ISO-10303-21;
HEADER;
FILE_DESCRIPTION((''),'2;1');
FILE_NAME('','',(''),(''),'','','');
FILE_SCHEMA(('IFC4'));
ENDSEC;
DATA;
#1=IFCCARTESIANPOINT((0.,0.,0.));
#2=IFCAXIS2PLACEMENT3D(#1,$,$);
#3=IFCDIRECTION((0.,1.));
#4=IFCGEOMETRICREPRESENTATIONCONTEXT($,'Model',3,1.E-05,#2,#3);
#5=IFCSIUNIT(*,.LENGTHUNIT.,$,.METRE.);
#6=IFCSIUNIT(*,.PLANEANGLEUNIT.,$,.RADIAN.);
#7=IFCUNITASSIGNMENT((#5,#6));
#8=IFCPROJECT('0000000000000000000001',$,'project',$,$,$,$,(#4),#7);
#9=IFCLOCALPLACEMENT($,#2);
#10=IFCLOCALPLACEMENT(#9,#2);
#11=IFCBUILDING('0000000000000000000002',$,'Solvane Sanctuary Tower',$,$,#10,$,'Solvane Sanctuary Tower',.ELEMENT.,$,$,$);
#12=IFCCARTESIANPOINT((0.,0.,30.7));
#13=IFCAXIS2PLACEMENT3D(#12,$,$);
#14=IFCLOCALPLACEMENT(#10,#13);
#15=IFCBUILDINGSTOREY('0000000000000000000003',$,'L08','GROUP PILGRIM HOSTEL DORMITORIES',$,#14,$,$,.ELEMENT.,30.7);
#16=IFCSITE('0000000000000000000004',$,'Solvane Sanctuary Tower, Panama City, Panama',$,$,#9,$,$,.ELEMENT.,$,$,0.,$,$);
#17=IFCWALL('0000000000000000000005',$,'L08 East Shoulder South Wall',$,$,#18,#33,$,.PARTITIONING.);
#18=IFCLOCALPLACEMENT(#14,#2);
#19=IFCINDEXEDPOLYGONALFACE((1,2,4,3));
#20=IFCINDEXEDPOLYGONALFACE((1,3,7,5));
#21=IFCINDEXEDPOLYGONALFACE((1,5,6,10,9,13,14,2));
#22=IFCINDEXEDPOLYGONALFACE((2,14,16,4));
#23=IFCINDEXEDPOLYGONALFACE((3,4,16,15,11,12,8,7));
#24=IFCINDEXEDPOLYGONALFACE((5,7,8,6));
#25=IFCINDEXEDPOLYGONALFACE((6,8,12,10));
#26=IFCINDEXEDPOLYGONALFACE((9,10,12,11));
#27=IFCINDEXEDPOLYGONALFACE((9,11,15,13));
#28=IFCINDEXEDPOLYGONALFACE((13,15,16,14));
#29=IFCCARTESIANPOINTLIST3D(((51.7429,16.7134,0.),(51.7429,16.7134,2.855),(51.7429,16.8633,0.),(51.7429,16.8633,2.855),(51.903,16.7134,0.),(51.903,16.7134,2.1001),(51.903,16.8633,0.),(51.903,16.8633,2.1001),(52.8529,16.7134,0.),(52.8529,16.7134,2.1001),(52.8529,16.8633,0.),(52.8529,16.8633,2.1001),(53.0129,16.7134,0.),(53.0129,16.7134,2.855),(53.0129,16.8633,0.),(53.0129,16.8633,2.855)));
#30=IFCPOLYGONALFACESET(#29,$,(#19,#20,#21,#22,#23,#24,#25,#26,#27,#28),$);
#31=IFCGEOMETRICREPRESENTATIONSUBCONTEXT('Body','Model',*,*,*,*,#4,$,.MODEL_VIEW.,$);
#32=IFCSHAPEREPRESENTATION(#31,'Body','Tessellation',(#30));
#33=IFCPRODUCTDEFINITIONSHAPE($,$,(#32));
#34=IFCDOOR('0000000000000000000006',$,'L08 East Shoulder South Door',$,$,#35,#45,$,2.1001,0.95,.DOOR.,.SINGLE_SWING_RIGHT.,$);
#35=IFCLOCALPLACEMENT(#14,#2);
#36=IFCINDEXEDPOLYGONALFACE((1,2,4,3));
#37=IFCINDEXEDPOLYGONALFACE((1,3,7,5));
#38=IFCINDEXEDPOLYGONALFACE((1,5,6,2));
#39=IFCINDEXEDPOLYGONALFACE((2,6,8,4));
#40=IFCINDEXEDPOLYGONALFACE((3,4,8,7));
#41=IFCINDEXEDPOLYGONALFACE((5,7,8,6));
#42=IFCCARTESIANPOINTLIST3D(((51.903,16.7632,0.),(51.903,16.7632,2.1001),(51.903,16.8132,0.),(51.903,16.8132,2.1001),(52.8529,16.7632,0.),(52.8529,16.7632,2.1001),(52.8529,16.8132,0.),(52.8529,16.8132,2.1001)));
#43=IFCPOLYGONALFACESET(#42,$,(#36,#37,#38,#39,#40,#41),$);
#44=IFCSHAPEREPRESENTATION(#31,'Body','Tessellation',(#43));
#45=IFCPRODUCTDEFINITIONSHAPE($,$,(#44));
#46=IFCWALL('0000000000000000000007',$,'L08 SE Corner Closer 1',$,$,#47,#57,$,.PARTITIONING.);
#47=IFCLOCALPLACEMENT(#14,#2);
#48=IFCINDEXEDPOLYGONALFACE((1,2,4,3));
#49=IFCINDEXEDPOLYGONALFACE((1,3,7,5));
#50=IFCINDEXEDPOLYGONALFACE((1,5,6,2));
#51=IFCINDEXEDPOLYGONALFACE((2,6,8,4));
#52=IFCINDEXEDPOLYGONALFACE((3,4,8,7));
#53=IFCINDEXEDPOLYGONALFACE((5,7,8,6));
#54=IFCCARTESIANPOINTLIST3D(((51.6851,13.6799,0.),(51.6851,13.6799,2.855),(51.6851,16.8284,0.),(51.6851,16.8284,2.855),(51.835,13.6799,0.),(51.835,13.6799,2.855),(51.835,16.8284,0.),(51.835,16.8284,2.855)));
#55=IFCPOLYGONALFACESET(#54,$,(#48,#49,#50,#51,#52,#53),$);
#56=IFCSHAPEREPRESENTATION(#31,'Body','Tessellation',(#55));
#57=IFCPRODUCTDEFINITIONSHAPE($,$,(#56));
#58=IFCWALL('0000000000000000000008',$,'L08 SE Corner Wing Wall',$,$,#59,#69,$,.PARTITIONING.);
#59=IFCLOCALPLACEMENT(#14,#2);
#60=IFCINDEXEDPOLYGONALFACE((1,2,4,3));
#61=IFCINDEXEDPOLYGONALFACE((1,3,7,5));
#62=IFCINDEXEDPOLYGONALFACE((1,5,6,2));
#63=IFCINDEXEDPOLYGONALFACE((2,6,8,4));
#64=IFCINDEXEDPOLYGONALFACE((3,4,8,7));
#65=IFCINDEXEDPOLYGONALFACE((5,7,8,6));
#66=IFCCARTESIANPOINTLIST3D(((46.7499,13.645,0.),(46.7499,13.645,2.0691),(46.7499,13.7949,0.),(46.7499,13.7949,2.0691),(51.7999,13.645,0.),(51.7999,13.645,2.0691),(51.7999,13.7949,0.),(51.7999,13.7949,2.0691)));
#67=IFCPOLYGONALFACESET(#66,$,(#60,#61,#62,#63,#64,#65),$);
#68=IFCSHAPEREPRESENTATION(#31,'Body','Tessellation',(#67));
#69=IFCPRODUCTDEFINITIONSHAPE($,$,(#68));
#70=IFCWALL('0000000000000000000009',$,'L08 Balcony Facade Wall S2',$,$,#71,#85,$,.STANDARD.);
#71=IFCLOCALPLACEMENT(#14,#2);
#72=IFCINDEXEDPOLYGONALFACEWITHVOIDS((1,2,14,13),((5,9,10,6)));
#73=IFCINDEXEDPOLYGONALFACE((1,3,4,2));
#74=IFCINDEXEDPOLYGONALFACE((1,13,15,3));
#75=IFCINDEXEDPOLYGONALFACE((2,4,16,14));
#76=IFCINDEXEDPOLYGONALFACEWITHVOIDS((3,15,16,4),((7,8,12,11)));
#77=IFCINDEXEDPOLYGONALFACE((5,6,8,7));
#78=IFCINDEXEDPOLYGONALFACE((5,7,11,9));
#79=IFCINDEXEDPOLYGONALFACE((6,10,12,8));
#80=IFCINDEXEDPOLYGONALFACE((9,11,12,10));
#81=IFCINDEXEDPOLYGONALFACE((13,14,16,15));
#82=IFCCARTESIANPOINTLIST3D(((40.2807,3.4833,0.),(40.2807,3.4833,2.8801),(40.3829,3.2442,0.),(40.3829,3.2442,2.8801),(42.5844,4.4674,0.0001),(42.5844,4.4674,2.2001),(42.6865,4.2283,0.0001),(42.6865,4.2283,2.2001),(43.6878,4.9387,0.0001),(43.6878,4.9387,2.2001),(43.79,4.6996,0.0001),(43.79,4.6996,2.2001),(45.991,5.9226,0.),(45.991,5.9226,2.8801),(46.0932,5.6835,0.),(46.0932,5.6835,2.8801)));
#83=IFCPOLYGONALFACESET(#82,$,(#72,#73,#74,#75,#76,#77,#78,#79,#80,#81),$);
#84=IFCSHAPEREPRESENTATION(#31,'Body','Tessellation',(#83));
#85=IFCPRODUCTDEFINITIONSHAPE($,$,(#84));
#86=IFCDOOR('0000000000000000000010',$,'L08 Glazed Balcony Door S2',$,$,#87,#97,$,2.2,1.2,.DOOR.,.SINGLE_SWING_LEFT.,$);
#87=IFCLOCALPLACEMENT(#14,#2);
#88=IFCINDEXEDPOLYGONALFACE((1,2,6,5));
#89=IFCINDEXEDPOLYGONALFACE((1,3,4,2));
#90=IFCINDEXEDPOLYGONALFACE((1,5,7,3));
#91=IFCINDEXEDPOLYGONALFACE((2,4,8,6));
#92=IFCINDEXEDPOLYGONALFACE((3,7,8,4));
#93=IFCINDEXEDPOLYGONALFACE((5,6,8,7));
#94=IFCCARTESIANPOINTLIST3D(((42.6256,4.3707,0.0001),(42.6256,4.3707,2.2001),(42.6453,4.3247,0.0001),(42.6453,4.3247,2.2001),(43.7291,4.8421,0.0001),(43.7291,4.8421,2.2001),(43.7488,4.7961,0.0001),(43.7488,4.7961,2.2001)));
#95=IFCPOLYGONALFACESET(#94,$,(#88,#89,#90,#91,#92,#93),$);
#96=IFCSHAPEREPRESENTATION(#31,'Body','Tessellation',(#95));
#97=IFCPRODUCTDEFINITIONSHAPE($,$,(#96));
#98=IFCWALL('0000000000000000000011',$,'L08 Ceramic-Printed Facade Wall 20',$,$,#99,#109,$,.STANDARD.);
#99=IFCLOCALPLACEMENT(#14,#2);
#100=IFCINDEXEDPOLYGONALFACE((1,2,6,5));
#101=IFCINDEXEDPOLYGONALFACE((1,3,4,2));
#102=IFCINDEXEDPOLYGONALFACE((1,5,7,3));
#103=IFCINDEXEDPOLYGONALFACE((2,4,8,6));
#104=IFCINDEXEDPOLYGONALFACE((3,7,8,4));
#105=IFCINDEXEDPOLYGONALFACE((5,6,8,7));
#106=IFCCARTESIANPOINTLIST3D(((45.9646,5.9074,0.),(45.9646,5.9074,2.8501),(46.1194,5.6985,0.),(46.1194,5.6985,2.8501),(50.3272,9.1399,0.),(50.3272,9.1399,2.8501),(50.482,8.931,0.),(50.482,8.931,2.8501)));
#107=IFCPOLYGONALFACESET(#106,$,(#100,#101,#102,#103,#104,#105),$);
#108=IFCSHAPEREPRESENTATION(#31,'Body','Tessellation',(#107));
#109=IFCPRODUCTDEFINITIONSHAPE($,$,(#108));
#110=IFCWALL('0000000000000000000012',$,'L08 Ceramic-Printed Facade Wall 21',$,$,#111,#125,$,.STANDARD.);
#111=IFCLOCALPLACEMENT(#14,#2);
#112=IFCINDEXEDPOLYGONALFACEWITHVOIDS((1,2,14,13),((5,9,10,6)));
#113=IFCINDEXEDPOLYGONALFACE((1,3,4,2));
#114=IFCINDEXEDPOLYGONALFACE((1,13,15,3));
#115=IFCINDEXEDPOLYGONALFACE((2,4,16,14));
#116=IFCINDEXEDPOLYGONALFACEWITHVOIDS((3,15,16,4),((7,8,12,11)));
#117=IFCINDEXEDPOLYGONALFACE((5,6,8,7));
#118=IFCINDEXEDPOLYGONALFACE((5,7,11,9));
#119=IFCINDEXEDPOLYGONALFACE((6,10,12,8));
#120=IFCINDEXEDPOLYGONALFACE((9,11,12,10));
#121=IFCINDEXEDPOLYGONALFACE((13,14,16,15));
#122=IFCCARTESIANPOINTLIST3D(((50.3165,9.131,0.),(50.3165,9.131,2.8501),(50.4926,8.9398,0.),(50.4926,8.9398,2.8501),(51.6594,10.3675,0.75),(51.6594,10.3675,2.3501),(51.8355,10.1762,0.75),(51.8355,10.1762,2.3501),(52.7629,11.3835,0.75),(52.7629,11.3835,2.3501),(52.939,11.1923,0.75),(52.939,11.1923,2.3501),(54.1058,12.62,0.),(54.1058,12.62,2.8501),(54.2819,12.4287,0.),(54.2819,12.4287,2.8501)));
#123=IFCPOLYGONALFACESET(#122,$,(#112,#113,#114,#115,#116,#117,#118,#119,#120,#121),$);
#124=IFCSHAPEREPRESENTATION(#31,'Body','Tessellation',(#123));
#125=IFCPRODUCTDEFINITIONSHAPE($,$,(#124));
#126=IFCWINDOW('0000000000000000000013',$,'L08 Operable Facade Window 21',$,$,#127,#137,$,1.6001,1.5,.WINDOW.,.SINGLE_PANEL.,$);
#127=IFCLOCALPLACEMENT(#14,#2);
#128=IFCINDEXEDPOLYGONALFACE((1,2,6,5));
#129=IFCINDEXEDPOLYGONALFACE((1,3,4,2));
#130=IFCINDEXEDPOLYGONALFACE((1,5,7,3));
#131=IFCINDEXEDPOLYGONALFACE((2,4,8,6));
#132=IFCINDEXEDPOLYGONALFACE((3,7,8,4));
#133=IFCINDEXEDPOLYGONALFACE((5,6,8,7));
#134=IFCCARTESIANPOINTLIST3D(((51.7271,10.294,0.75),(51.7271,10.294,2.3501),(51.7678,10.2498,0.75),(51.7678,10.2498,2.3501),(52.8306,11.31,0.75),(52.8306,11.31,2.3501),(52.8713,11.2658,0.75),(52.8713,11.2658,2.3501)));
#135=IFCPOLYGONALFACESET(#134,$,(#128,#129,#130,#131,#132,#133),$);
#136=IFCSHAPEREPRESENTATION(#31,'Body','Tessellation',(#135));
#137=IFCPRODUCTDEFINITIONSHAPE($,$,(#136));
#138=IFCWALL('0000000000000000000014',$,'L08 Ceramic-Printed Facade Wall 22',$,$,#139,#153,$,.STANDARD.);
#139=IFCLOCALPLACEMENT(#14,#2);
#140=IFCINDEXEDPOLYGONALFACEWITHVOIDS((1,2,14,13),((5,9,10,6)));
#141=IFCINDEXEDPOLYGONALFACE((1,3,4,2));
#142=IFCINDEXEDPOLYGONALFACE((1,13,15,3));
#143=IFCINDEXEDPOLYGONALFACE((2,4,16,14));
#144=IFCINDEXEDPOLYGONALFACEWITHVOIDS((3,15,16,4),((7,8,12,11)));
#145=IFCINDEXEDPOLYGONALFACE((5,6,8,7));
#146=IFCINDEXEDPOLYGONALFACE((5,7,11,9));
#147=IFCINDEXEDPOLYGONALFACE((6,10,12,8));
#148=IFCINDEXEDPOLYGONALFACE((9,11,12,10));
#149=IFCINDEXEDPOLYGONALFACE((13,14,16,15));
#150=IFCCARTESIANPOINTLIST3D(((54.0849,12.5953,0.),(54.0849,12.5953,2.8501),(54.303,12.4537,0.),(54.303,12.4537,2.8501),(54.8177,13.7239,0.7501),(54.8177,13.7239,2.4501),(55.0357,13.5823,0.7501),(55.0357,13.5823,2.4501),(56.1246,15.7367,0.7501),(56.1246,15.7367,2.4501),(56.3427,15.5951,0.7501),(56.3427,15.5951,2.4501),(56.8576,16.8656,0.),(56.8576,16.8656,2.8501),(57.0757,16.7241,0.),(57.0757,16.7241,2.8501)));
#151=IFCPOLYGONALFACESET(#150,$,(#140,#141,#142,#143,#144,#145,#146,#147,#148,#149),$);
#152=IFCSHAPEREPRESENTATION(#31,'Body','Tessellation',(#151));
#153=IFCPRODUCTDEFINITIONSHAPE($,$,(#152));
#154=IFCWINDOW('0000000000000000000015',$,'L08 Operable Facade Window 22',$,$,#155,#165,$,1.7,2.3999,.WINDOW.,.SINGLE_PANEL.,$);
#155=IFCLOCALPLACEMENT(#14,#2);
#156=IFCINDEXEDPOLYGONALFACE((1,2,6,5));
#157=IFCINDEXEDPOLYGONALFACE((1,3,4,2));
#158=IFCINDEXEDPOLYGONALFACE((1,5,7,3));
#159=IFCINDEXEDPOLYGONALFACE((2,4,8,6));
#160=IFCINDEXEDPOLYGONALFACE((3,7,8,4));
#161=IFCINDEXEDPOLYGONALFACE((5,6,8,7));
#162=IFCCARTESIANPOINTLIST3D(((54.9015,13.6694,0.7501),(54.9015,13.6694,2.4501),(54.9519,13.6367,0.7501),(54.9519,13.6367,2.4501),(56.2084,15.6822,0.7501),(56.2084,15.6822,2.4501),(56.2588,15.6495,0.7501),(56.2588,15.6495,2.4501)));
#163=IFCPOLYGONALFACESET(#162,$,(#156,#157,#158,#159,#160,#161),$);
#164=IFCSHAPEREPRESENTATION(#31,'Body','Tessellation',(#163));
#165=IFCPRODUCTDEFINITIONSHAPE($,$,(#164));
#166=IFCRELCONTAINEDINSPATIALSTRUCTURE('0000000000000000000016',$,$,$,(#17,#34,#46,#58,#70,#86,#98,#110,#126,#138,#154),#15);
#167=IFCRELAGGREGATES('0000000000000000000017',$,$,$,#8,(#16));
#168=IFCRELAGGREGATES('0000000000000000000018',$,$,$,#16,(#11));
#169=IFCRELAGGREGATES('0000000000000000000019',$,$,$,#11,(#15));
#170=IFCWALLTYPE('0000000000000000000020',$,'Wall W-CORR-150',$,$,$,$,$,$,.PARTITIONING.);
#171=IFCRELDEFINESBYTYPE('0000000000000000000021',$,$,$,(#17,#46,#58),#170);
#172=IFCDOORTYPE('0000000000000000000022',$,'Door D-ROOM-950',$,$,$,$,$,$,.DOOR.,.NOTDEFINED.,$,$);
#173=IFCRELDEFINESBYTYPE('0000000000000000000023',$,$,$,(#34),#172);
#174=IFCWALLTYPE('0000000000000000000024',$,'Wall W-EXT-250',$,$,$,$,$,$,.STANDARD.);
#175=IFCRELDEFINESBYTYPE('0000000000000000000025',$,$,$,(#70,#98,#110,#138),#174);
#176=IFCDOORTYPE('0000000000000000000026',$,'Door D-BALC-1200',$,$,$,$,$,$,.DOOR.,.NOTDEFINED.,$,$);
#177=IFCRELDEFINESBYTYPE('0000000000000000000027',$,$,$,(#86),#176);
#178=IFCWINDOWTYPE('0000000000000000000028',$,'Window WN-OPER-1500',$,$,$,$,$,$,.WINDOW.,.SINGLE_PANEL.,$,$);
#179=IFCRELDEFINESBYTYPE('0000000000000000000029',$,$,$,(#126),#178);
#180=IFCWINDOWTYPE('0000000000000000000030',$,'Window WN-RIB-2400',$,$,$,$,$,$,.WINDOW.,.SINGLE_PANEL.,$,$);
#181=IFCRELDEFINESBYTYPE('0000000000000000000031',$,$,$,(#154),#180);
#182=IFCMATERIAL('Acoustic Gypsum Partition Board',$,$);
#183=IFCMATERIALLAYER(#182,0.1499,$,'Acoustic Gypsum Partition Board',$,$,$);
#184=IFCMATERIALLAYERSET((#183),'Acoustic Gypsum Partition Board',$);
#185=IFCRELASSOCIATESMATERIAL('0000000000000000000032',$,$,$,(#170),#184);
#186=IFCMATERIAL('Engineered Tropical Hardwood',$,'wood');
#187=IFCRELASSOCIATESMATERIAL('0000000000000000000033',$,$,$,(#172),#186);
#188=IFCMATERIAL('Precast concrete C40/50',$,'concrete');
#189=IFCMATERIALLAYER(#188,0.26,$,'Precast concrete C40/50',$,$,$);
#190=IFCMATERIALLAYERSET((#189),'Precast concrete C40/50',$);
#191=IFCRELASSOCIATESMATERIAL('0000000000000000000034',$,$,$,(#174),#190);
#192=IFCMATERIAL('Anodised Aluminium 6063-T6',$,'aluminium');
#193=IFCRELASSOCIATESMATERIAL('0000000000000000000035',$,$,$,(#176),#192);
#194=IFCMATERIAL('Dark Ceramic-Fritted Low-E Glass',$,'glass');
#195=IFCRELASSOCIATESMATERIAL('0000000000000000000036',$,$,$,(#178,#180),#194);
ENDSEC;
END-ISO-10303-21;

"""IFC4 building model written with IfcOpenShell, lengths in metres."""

from ifc_helpers import new_model, si_unit, direction, frame, frame_2d, origin, place, context, subcontext, project, spatial, rectangle, extrude, material, layer, layer_set, type_object, element, fill, save


model = new_model("IFC4")

# Units and contexts
model_context = context("Model", 3, precision=1e-05, world=origin(), true_north=direction((0.0, 1.0)))
body_context = subcontext(model_context, "Body", "Model", "MODEL_VIEW")
ifc_project = project(units=[si_unit("LENGTHUNIT", "METRE"), si_unit("PLANEANGLEUNIT", "RADIAN")], contexts=[model_context])

# Site, building, storey
site_placement = place(None, origin())
site = spatial("IfcSite", under=ifc_project, at=site_placement, Name="Solvane Sanctuary Tower, Panama City, Panama", CompositionType="ELEMENT", RefElevation=0.0)
building_placement = place(site_placement, origin())
building = spatial("IfcBuilding", under=site, at=building_placement, Name="Solvane Sanctuary Tower", LongName="Solvane Sanctuary Tower", CompositionType="ELEMENT")
storey_placement = place(building_placement, frame((0.0, 0.0, 30.7)))
storey = spatial("IfcBuildingStorey", under=building, at=storey_placement, Name="L08", Description="GROUP PILGRIM HOSTEL DORMITORIES", CompositionType="ELEMENT", Elevation=30.7)

# Shared definitions
ifc_material_1 = material(Name="Acoustic Gypsum Partition Board")
ifc_layer_1 = layer(ifc_material_1, 0.1499, Name="Acoustic Gypsum Partition Board")
ifc_layer_set_1 = layer_set([ifc_layer_1], Name="Acoustic Gypsum Partition Board")
wall_type_1 = type_object("IfcWallType", Name="Wall W-CORR-150", PredefinedType="PARTITIONING", material=ifc_layer_set_1)

# Wall, opening, door
wall_1_placement = place(storey_placement, frame((51.7429, 16.7883, 0.0), z_axis=(0.0, 0.0, 1.0), x_axis=(1.0, 0.0, 0.0)))
wall_1 = element("IfcWall", 1, at=wall_1_placement, inside=storey, type_object=wall_type_1, Name="L08 East Shoulder South Wall", PredefinedType="PARTITIONING", context=body_context, shape_type="SweptSolid", body=[
    extrude(rectangle(XDim=1.27, YDim=0.1499, at=frame_2d((0.635, 0.0))), origin(), (0.0, 0.0, 1.0), 2.855),
])
opening_1_placement = place(wall_1_placement, frame((0.1599, 0.0, 0.0)))
opening_1 = element("IfcOpeningElement", 2, at=opening_1_placement, cuts=wall_1, PredefinedType="OPENING", context=body_context, shape_type="SweptSolid", body=[
    extrude(rectangle(XDim=0.95, YDim=2.1001, at=frame_2d((0.4751, 1.05))), frame((0.0, 0.085, 0.0), z_axis=(0.0, -1.0, 0.0), x_axis=(1.0, 0.0, 0.0)), (0.0, 0.0, 1.0), 0.1699),
])
ifc_material_2 = material(Name="Engineered Tropical Hardwood", Category="wood")
door_type_1 = type_object("IfcDoorType", Name="Door D-ROOM-950", OperationType="NOTDEFINED", PredefinedType="DOOR", material=ifc_material_2)
door_1_placement = place(opening_1_placement, origin())
door_1 = element("IfcDoor", 3, at=door_1_placement, inside=storey, type_object=door_type_1, Name="L08 East Shoulder South Door", OperationType="SINGLE_SWING_RIGHT", OverallHeight=2.1001, OverallWidth=0.95, PredefinedType="DOOR", context=body_context, shape_type="SweptSolid", body=[
    extrude(rectangle(XDim=0.95, YDim=2.1001, at=frame_2d((0.4751, 1.05))), frame((0.0, 0.0249, 0.0), z_axis=(0.0, -1.0, 0.0), x_axis=(1.0, 0.0, 0.0)), (0.0, 0.0, 1.0), 0.05),
])
fill(opening_1, door_1)

# Walls
wall_2_placement = place(storey_placement, frame((51.76, 13.6799, 0.0), z_axis=(0.0, 0.0, 1.0), x_axis=(0.0, 1.0, 0.0)))
element("IfcWall", 4, at=wall_2_placement, inside=storey, type_object=wall_type_1, Name="L08 SE Corner Closer 1", PredefinedType="PARTITIONING", context=body_context, shape_type="SweptSolid", body=[
    extrude(rectangle(XDim=3.1484, YDim=0.1499, at=frame_2d((1.5742, 0.0))), origin(), (0.0, 0.0, 1.0), 2.855),
])
wall_3_placement = place(storey_placement, frame((46.75, 13.72, 0.0), z_axis=(0.0, 0.0, 1.0), x_axis=(1.0, 0.0, 0.0)))
element("IfcWall", 5, at=wall_3_placement, inside=storey, type_object=wall_type_1, Name="L08 SE Corner Wing Wall", PredefinedType="PARTITIONING", context=body_context, shape_type="SweptSolid", body=[
    extrude(rectangle(XDim=5.05, YDim=0.1499, at=frame_2d((2.5249, 0.0))), origin(), (0.0, 0.0, 1.0), 2.0691),
])

# Wall, opening, door
ifc_material_3 = material(Name="Precast concrete C40/50", Category="concrete")
ifc_layer_2 = layer(ifc_material_3, 0.26, Name="Precast concrete C40/50")
ifc_layer_set_2 = layer_set([ifc_layer_2], Name="Precast concrete C40/50")
wall_type_2 = type_object("IfcWallType", Name="Wall W-EXT-250", PredefinedType="STANDARD", material=ifc_layer_set_2)
wall_4_placement = place(storey_placement, frame((40.3318, 3.3638, 0.0), z_axis=(0.0, 0.0, 1.0), x_axis=(0.919612, 0.392828, 0.0)))
wall_4 = element("IfcWall", 6, at=wall_4_placement, inside=storey, type_object=wall_type_2, Name="L08 Balcony Facade Wall S2", PredefinedType="STANDARD", context=body_context, shape_type="SweptSolid", body=[
    extrude(rectangle(XDim=6.2095, YDim=0.26, at=frame_2d((3.1047, 0.0))), origin(), (0.0, 0.0, 1.0), 2.8801),
])
opening_2_placement = place(wall_4_placement, frame((2.5049, 0.0, 0.0)))
opening_2 = element("IfcOpeningElement", 7, at=opening_2_placement, cuts=wall_4, PredefinedType="OPENING", context=body_context, shape_type="SweptSolid", body=[
    extrude(rectangle(XDim=1.2, YDim=2.2, at=frame_2d((0.6001, 1.1001))), frame((0.0, 0.1399, 0.0), z_axis=(0.0, -1.0, 0.0), x_axis=(1.0, 0.0, 0.0)), (0.0, 0.0, 1.0), 0.28),
])
ifc_material_4 = material(Name="Anodised Aluminium 6063-T6", Category="aluminium")
door_type_2 = type_object("IfcDoorType", Name="Door D-BALC-1200", OperationType="NOTDEFINED", PredefinedType="DOOR", material=ifc_material_4)
door_2_placement = place(opening_2_placement, origin())
door_2 = element("IfcDoor", 8, at=door_2_placement, inside=storey, type_object=door_type_2, Name="L08 Glazed Balcony Door S2", OperationType="SINGLE_SWING_LEFT", OverallHeight=2.2, OverallWidth=1.2, PredefinedType="DOOR", context=body_context, shape_type="SweptSolid", body=[
    extrude(rectangle(XDim=1.2, YDim=2.2, at=frame_2d((0.6001, 1.1001))), frame((0.0, 0.0249, 0.0), z_axis=(0.0, -1.0, 0.0), x_axis=(1.0, 0.0, 0.0)), (0.0, 0.0, 1.0), 0.05),
])
fill(opening_2, door_2)

# Wall
wall_5_placement = place(storey_placement, frame((46.042, 5.803, 0.0), z_axis=(0.0, 0.0, 1.0), x_axis=(0.803478, 0.595335, 0.0)))
element("IfcWall", 9, at=wall_5_placement, inside=storey, type_object=wall_type_2, Name="L08 Ceramic-Printed Facade Wall 20", PredefinedType="STANDARD", context=body_context, shape_type="SweptSolid", body=[
    extrude(rectangle(XDim=5.4297, YDim=0.26, at=frame_2d((2.7148, 0.0))), origin(), (0.0, 0.0, 1.0), 2.8501),
])

# Walls, openings, windows
wall_6_placement = place(storey_placement, frame((50.4045, 9.0354, 0.0), z_axis=(0.0, 0.0, 1.0), x_axis=(0.735655, 0.677356, 0.0)))
wall_6 = element("IfcWall", 10, at=wall_6_placement, inside=storey, type_object=wall_type_2, Name="L08 Ceramic-Printed Facade Wall 21", PredefinedType="STANDARD", context=body_context, shape_type="SweptSolid", body=[
    extrude(rectangle(XDim=5.1509, YDim=0.26, at=frame_2d((2.5754, 0.0))), origin(), (0.0, 0.0, 1.0), 2.8501),
])
opening_3_placement = place(wall_6_placement, frame((1.8254, 0.0, 0.75)))
opening_3 = element("IfcOpeningElement", 11, at=opening_3_placement, cuts=wall_6, PredefinedType="OPENING", context=body_context, shape_type="SweptSolid", body=[
    extrude(rectangle(XDim=1.5, YDim=1.6001, at=frame_2d((0.75, 0.8))), frame((0.0, 0.1399, 0.0), z_axis=(0.0, -1.0, 0.0), x_axis=(1.0, 0.0, 0.0)), (0.0, 0.0, 1.0), 0.28),
])
ifc_material_5 = material(Name="Dark Ceramic-Fritted Low-E Glass", Category="glass")
window_type_1 = type_object("IfcWindowType", Name="Window WN-OPER-1500", PartitioningType="SINGLE_PANEL", PredefinedType="WINDOW", material=ifc_material_5)
window_1_placement = place(opening_3_placement, origin())
window_1 = element("IfcWindow", 12, at=window_1_placement, inside=storey, type_object=window_type_1, Name="L08 Operable Facade Window 21", OverallHeight=1.6001, OverallWidth=1.5, PartitioningType="SINGLE_PANEL", PredefinedType="WINDOW", context=body_context, shape_type="SweptSolid", body=[
    extrude(rectangle(XDim=1.5, YDim=1.6001, at=frame_2d((0.75, 0.8))), frame((0.0, 0.03, 0.0), z_axis=(0.0, -1.0, 0.0), x_axis=(1.0, 0.0, 0.0)), (0.0, 0.0, 1.0), 0.0601),
])
fill(opening_3, window_1)
wall_7_placement = place(storey_placement, frame((54.1938, 12.5244, 0.0), z_axis=(0.0, 0.0, 1.0), x_axis=(0.544579, 0.83871, 0.0)))
wall_7 = element("IfcWall", 13, at=wall_7_placement, inside=storey, type_object=wall_type_2, Name="L08 Ceramic-Printed Facade Wall 22", PredefinedType="STANDARD", context=body_context, shape_type="SweptSolid", body=[
    extrude(rectangle(XDim=5.0916, YDim=0.26, at=frame_2d((2.5459, 0.0))), origin(), (0.0, 0.0, 1.0), 2.8501),
])
opening_4_placement = place(wall_7_placement, frame((1.3457, 0.0, 0.75)))
opening_4 = element("IfcOpeningElement", 14, at=opening_4_placement, cuts=wall_7, PredefinedType="OPENING", context=body_context, shape_type="SweptSolid", body=[
    extrude(rectangle(XDim=2.3999, YDim=1.7, at=frame_2d((1.2, 0.8501))), frame((0.0, 0.1399, 0.0), z_axis=(0.0, -1.0, 0.0), x_axis=(1.0, 0.0, 0.0)), (0.0, 0.0, 1.0), 0.28),
])
window_type_2 = type_object("IfcWindowType", Name="Window WN-RIB-2400", PartitioningType="SINGLE_PANEL", PredefinedType="WINDOW", material=ifc_material_5)
window_2_placement = place(opening_4_placement, origin())
window_2 = element("IfcWindow", 15, at=window_2_placement, inside=storey, type_object=window_type_2, Name="L08 Operable Facade Window 22", OverallHeight=1.7, OverallWidth=2.3999, PartitioningType="SINGLE_PANEL", PredefinedType="WINDOW", context=body_context, shape_type="SweptSolid", body=[
    extrude(rectangle(XDim=2.3999, YDim=1.7, at=frame_2d((1.2, 0.8501))), frame((0.0, 0.03, 0.0), z_axis=(0.0, -1.0, 0.0), x_axis=(1.0, 0.0, 0.0)), (0.0, 0.0, 1.0), 0.0601),
])
fill(opening_4, window_2)

save(model, "model.ifc")
